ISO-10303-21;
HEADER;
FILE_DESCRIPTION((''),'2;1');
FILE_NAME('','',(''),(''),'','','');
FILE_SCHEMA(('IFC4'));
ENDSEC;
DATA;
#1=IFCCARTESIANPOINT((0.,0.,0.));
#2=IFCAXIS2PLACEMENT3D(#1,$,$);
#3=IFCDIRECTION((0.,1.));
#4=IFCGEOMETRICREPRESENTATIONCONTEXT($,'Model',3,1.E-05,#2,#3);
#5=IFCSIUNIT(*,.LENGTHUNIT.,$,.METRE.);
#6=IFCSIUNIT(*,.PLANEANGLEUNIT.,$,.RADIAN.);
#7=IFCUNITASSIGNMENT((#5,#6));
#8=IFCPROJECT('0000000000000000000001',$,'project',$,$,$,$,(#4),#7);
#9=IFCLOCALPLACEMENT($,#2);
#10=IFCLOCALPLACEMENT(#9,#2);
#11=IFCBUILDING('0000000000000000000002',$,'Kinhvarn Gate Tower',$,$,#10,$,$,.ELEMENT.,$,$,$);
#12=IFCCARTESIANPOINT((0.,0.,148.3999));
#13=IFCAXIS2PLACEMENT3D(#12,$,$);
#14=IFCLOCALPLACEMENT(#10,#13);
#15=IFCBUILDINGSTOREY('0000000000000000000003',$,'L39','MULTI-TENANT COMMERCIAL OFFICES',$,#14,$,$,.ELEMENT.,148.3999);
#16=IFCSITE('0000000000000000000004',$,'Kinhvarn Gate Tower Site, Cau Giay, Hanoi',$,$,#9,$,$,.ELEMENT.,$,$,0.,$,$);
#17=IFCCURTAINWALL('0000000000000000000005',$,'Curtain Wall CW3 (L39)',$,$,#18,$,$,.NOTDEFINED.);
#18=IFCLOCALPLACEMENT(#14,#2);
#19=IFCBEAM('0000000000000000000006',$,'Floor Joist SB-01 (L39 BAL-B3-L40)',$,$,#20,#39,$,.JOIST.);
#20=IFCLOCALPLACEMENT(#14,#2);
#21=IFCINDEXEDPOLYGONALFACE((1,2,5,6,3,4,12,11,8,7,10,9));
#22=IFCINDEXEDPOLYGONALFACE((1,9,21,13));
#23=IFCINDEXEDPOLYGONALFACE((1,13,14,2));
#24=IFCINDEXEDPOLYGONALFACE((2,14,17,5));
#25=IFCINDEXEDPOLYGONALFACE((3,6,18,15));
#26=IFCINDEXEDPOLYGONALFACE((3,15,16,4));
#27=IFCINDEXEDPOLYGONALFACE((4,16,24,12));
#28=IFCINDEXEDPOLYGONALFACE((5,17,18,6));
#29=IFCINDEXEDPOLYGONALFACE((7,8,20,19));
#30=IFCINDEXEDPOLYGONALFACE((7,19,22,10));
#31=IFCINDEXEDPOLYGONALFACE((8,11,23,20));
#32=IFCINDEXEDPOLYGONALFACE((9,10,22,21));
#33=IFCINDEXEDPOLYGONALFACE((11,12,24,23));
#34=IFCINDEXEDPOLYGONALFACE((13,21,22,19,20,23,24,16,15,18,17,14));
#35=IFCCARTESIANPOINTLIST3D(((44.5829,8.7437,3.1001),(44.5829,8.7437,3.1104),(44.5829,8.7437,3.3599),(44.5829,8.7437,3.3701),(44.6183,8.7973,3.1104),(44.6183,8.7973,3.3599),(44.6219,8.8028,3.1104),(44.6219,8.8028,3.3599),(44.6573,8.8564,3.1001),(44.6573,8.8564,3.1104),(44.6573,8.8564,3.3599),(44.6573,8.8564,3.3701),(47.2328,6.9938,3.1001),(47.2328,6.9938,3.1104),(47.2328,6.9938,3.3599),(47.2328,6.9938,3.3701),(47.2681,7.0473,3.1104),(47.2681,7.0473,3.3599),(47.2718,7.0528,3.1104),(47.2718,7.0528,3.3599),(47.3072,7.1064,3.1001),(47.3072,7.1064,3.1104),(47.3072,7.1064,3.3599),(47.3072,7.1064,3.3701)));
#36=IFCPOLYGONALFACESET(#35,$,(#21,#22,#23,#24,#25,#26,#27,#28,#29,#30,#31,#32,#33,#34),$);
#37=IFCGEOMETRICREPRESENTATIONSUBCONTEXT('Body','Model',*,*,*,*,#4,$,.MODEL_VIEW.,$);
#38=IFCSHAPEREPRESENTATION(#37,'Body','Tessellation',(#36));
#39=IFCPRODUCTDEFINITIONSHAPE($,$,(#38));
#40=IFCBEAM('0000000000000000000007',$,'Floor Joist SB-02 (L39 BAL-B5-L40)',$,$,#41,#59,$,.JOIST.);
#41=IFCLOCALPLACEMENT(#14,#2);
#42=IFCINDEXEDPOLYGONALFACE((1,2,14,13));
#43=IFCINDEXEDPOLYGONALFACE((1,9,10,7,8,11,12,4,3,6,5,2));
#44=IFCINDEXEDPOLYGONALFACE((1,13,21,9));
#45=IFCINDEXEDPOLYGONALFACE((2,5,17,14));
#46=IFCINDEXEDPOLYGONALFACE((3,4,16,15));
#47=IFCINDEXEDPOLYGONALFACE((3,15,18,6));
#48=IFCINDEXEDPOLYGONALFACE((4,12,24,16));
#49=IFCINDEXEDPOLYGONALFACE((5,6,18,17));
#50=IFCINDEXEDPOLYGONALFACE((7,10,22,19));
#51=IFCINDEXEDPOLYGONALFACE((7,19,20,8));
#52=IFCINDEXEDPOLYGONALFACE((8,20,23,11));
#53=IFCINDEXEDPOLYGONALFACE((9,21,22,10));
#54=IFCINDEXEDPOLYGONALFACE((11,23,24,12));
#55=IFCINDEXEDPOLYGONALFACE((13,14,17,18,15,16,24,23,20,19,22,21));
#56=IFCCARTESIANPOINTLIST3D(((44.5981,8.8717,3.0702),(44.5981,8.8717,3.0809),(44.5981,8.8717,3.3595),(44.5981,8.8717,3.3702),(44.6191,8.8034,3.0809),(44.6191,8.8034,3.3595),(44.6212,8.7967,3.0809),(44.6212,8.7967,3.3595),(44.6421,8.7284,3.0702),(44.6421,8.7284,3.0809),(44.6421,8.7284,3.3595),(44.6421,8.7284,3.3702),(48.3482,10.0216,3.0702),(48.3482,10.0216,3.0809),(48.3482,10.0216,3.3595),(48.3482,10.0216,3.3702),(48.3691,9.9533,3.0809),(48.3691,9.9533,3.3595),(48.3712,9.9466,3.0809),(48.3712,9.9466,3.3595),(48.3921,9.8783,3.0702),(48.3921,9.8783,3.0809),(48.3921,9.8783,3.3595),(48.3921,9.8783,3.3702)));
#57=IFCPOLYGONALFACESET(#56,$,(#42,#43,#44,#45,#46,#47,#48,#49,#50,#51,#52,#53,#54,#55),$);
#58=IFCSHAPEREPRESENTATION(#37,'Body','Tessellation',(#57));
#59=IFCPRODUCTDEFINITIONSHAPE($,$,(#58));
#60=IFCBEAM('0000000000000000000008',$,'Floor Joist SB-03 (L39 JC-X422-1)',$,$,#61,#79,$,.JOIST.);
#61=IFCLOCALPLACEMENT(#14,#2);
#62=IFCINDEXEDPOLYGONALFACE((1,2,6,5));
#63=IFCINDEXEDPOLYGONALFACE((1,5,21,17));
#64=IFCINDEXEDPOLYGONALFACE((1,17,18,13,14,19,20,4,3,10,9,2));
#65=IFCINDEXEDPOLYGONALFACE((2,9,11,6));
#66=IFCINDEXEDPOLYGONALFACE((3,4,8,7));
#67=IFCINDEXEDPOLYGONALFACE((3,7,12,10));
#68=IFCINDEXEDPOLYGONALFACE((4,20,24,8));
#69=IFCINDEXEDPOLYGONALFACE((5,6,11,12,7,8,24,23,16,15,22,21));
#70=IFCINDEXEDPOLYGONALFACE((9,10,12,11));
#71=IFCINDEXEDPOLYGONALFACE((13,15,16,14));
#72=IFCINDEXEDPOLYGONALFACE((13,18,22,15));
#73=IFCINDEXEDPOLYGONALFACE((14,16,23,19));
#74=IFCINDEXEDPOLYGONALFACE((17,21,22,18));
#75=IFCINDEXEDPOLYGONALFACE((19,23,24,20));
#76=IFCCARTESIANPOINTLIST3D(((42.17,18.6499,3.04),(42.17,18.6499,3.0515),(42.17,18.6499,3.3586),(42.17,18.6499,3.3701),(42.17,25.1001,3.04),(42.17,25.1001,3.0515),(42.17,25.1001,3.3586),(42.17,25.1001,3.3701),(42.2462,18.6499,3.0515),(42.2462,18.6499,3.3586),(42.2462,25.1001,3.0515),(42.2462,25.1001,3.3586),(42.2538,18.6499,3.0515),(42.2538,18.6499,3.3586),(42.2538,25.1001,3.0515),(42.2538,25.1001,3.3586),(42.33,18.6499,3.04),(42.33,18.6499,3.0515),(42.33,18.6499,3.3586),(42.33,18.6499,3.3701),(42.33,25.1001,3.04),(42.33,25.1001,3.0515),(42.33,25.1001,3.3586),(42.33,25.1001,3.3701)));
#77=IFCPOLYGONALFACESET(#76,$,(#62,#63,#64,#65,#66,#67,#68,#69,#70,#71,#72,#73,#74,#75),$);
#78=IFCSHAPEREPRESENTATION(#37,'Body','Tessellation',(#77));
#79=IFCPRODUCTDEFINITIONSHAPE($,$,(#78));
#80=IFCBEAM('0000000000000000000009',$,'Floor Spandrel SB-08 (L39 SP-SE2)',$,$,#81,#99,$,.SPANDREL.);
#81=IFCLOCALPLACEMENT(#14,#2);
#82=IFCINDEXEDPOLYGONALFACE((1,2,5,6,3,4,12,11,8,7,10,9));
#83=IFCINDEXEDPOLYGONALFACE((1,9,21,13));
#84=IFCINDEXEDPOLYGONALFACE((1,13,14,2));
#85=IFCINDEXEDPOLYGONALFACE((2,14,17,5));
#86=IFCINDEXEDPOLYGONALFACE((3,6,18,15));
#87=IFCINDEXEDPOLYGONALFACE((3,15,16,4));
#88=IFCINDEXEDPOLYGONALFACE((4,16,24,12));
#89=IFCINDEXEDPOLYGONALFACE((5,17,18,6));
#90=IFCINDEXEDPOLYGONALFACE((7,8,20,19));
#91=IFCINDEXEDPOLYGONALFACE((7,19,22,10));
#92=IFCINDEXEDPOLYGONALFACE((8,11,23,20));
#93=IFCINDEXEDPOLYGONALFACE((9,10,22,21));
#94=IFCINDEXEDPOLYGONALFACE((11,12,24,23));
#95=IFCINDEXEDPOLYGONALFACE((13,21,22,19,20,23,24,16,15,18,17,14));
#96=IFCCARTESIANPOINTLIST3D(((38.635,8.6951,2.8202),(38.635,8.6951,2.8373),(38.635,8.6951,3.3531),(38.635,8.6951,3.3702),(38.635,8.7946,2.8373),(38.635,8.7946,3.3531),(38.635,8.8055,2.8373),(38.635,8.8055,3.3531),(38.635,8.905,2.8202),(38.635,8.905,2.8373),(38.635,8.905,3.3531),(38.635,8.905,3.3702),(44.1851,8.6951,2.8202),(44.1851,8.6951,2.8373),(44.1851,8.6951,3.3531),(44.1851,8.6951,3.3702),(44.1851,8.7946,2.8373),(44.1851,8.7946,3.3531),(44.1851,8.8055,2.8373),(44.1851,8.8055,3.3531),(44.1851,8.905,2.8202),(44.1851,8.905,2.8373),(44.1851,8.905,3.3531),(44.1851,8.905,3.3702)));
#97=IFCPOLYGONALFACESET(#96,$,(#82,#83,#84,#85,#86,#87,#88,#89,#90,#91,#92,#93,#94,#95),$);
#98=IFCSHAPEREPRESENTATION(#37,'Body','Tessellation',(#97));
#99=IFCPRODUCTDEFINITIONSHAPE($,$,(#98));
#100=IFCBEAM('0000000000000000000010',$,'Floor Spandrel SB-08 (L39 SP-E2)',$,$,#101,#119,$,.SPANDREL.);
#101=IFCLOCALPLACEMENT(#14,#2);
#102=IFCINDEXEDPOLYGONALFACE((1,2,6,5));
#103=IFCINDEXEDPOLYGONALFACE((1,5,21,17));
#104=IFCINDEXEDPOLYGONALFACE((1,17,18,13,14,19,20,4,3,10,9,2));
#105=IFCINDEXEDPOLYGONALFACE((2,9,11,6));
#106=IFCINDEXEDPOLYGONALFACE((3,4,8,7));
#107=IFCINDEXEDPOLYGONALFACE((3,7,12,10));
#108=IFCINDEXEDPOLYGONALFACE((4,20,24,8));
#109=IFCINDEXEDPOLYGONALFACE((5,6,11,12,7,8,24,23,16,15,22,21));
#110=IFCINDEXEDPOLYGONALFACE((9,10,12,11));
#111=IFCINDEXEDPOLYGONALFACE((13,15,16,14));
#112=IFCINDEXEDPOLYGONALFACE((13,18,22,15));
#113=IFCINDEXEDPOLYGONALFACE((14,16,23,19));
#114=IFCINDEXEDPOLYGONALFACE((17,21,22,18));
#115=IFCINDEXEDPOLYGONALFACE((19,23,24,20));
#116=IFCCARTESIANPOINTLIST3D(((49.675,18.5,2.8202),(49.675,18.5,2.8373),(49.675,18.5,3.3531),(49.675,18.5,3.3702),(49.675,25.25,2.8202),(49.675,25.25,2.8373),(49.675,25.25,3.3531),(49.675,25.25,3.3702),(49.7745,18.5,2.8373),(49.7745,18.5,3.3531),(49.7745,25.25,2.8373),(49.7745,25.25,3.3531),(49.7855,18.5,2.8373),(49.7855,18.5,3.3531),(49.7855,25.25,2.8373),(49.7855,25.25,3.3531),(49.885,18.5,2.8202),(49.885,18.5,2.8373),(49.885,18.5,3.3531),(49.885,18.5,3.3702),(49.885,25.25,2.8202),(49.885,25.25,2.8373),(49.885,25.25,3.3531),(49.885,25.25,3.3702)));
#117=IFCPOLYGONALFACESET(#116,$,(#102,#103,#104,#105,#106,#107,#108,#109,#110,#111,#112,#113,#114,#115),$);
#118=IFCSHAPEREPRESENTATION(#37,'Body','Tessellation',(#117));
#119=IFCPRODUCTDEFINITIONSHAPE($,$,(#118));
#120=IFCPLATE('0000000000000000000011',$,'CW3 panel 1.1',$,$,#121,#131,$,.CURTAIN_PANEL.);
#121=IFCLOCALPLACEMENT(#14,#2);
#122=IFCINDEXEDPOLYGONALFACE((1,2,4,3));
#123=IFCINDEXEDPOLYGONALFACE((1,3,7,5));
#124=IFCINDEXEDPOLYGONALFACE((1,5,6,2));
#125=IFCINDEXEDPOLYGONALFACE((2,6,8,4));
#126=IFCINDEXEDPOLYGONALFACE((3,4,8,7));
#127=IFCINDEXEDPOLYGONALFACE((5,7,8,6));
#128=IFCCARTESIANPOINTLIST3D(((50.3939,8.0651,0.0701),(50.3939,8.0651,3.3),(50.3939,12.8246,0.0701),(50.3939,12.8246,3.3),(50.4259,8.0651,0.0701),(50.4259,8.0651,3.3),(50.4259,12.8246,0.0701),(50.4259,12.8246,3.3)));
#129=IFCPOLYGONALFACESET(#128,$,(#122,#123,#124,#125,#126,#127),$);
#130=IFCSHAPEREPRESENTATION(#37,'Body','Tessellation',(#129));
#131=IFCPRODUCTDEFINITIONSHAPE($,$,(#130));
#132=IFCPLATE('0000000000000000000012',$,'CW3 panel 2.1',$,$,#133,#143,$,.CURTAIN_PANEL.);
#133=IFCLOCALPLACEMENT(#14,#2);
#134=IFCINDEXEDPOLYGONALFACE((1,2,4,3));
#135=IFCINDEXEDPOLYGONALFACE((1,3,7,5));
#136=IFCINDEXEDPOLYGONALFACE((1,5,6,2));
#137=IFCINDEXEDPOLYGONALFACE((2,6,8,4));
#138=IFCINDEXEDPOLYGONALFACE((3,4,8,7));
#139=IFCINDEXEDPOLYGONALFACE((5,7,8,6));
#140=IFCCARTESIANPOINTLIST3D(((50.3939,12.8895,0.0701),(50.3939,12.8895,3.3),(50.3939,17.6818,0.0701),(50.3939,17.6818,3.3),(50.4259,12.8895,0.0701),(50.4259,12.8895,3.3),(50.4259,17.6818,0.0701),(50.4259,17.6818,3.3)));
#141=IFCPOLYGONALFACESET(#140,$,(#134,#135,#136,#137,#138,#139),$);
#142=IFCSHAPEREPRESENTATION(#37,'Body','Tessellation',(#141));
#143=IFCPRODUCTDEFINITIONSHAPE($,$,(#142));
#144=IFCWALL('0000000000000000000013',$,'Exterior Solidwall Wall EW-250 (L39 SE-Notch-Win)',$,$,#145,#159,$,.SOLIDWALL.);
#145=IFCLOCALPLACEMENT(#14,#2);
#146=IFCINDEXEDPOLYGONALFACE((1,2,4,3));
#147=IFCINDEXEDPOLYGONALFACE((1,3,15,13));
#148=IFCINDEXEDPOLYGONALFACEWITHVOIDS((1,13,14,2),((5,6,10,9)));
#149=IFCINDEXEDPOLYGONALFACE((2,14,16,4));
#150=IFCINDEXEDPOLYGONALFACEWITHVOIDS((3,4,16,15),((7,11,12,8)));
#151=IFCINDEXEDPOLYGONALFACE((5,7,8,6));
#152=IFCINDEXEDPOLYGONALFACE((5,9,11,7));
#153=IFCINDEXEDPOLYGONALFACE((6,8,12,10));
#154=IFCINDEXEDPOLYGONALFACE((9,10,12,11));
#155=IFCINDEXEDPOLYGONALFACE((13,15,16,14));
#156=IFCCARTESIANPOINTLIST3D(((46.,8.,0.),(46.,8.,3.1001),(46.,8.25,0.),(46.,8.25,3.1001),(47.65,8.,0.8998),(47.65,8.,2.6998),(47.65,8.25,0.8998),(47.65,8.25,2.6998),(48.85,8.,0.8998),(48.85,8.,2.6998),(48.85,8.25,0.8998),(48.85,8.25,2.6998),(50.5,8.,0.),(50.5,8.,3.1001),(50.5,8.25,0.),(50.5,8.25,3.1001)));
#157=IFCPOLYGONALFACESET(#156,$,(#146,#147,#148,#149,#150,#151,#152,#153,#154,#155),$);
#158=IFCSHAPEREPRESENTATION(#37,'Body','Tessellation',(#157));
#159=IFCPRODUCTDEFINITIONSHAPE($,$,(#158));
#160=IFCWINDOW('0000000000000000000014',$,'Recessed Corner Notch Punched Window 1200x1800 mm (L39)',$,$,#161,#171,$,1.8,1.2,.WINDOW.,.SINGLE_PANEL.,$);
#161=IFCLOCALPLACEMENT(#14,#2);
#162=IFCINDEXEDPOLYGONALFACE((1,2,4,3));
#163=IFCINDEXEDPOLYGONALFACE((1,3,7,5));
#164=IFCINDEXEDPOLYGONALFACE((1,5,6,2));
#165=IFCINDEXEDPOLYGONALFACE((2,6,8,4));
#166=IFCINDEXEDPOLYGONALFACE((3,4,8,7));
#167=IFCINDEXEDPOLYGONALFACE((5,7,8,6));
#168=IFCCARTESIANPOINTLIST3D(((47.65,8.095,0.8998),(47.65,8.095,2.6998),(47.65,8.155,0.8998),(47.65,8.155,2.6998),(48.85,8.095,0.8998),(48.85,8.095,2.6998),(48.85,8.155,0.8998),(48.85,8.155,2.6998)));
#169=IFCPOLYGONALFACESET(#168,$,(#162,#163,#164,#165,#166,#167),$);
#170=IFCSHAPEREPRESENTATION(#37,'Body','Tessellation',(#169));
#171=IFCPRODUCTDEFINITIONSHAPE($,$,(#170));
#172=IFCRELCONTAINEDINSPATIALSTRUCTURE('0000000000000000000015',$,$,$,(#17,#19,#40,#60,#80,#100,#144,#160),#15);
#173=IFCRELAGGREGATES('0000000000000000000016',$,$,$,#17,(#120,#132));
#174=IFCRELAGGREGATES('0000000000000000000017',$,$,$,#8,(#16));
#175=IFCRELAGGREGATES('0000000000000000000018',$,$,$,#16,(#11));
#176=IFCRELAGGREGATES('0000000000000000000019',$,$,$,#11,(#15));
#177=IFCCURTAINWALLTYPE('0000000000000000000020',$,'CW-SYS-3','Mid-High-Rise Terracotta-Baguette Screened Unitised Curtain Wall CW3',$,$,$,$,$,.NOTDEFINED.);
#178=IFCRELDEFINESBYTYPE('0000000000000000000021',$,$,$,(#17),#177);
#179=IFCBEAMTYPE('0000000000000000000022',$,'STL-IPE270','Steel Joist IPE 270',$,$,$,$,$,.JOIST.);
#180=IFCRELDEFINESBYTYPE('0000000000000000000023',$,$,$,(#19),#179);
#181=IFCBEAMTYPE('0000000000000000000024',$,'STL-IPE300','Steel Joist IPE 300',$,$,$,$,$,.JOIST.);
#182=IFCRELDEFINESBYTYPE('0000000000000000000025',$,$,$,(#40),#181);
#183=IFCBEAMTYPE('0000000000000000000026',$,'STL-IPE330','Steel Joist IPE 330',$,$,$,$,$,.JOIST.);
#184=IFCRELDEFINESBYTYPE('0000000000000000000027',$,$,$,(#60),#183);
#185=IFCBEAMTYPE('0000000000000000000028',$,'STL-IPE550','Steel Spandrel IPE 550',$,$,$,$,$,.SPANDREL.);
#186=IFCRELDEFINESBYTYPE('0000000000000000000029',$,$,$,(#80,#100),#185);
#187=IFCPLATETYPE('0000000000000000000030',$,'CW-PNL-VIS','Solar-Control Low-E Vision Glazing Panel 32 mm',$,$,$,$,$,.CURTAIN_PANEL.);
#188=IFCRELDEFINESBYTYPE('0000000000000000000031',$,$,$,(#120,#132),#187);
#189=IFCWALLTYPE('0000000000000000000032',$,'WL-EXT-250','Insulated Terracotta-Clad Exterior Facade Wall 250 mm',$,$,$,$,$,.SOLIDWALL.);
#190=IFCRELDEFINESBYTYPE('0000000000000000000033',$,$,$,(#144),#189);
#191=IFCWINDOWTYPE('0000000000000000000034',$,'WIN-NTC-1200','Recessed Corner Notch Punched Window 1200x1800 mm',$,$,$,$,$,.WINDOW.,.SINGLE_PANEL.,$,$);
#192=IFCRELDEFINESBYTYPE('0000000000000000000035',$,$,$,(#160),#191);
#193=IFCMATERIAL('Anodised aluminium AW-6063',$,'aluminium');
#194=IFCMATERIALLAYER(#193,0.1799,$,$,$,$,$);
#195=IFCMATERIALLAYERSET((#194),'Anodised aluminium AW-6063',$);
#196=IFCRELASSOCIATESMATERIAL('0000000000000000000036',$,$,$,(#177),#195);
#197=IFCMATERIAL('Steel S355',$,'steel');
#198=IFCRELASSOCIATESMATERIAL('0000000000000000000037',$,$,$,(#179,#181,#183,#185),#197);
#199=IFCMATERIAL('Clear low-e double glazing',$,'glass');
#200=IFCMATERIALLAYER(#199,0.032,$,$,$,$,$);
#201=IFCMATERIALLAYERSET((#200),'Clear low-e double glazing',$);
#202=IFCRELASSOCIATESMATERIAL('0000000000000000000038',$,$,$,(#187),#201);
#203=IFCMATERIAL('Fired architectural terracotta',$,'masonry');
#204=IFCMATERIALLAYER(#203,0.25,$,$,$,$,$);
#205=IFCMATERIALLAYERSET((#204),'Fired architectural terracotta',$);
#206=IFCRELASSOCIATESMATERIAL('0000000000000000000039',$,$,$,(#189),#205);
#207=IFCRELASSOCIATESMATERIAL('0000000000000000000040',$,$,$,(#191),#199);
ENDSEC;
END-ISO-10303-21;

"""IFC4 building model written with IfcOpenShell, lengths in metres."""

from ifc_helpers import new_model, si_unit, direction, frame, frame_2d, origin, origin_2d, place, context, subcontext, project, spatial, rectangle, i_section, extrude, material, layer, layer_set, material_profile, profile_set, type_object, element, fill, aggregate, save


model = new_model("IFC4")

# Units and contexts
model_context = context("Model", 3, precision=1e-05, world=origin(), true_north=direction((0.0, 1.0)))
body_context = subcontext(model_context, "Body", "Model", "MODEL_VIEW")
ifc_project = project(units=[si_unit("LENGTHUNIT", "METRE"), si_unit("PLANEANGLEUNIT", "RADIAN")], contexts=[model_context])

# Site, building, storey
site_placement = place(None, origin())
site = spatial("IfcSite", under=ifc_project, at=site_placement, Name="Kinhvarn Gate Tower Site, Cau Giay, Hanoi", CompositionType="ELEMENT", RefElevation=0.0)
building_placement = place(site_placement, origin())
building = spatial("IfcBuilding", under=site, at=building_placement, Name="Kinhvarn Gate Tower", CompositionType="ELEMENT")
storey_placement = place(building_placement, frame((0.0, 0.0, 148.3999)))
storey = spatial("IfcBuildingStorey", under=building, at=storey_placement, Name="L39", Description="MULTI-TENANT COMMERCIAL OFFICES", CompositionType="ELEMENT", Elevation=148.3999)

# Curtain wall
ifc_material_1 = material(Name="Anodised aluminium AW-6063", Category="aluminium")
ifc_layer_1 = layer(ifc_material_1, 0.1799)
ifc_layer_set_1 = layer_set([ifc_layer_1], Name="Anodised aluminium AW-6063")
curtain_wall_type = type_object("IfcCurtainWallType", Name="CW-SYS-3", Description="Mid-High-Rise Terracotta-Baguette Screened Unitised Curtain Wall CW3", PredefinedType="NOTDEFINED", material=ifc_layer_set_1)
curtain_wall_placement = place(storey_placement, origin())
curtain_wall = element("IfcCurtainWall", 1, at=curtain_wall_placement, inside=storey, type_object=curtain_wall_type, Name="Curtain Wall CW3 (L39)", PredefinedType="NOTDEFINED")

# Beams
ifc_material_2 = material(Name="Steel S355", Category="steel")
ifc_material_profile_1 = material_profile(ifc_material_2, i_section(OverallWidth=0.135, OverallDepth=0.27, WebThickness=0.0066, FlangeThickness=0.0103, at=origin_2d()), Name="IPE 270")
ifc_profile_set_1 = profile_set([ifc_material_profile_1], Name="Steel S355")
beam_type_1 = type_object("IfcBeamType", Name="STL-IPE270", Description="Steel Joist IPE 270", PredefinedType="JOIST", material=ifc_profile_set_1)
beam_1_placement = place(storey_placement, frame((44.6201, 8.8, 3.2351), z_axis=(0.834455, -0.551076, 0.0), x_axis=(0.551076, 0.834455, 0.0)))
element("IfcBeam", 2, at=beam_1_placement, inside=storey, type_object=beam_type_1, Name="Floor Joist SB-01 (L39 BAL-B3-L40)", PredefinedType="JOIST", context=body_context, shape_type="SweptSolid", body=[
    extrude(i_section(OverallWidth=0.135, OverallDepth=0.27, WebThickness=0.0066, FlangeThickness=0.0103, at=origin_2d()), origin(), (0.0, 0.0, 1.0), 3.1755),
])
ifc_material_profile_2 = material_profile(ifc_material_2, i_section(OverallWidth=0.1499, OverallDepth=0.3, WebThickness=0.0071, FlangeThickness=0.0107, at=origin_2d()), Name="IPE 300")
ifc_profile_set_2 = profile_set([ifc_material_profile_2], Name="Steel S355")
beam_type_2 = type_object("IfcBeamType", Name="STL-IPE300", Description="Steel Joist IPE 300", PredefinedType="JOIST", material=ifc_profile_set_2)
beam_2_placement = place(storey_placement, frame((44.6201, 8.8, 3.2202), z_axis=(0.956061, 0.293167, 0.0), x_axis=(-0.293167, 0.956061, 0.0)))
element("IfcBeam", 3, at=beam_2_placement, inside=storey, type_object=beam_type_2, Name="Floor Joist SB-02 (L39 BAL-B5-L40)", PredefinedType="JOIST", context=body_context, shape_type="SweptSolid", body=[
    extrude(i_section(OverallWidth=0.1499, OverallDepth=0.3, WebThickness=0.0071, FlangeThickness=0.0107, at=origin_2d()), origin(), (0.0, 0.0, 1.0), 3.9224),
])
ifc_material_profile_3 = material_profile(ifc_material_2, i_section(OverallWidth=0.1599, OverallDepth=0.3301, WebThickness=0.0076, FlangeThickness=0.0115, at=origin_2d()), Name="IPE 330")
ifc_profile_set_3 = profile_set([ifc_material_profile_3], Name="Steel S355")
beam_type_3 = type_object("IfcBeamType", Name="STL-IPE330", Description="Steel Joist IPE 330", PredefinedType="JOIST", material=ifc_profile_set_3)
beam_3_placement = place(storey_placement, frame((42.25, 18.6499, 3.2051), z_axis=(0.0, 1.0, 0.0), x_axis=(-1.0, 0.0, 0.0)))
element("IfcBeam", 4, at=beam_3_placement, inside=storey, type_object=beam_type_3, Name="Floor Joist SB-03 (L39 JC-X422-1)", PredefinedType="JOIST", context=body_context, shape_type="SweptSolid", body=[
    extrude(i_section(OverallWidth=0.1599, OverallDepth=0.3301, WebThickness=0.0076, FlangeThickness=0.0115, at=origin_2d()), origin(), (0.0, 0.0, 1.0), 6.4502),
])
ifc_material_profile_4 = material_profile(ifc_material_2, i_section(OverallWidth=0.21, OverallDepth=0.55, WebThickness=0.011, FlangeThickness=0.0171, at=origin_2d()), Name="IPE 550")
ifc_profile_set_4 = profile_set([ifc_material_profile_4], Name="Steel S355")
beam_type_4 = type_object("IfcBeamType", Name="STL-IPE550", Description="Steel Spandrel IPE 550", PredefinedType="SPANDREL", material=ifc_profile_set_4)
beam_4_placement = place(storey_placement, frame((38.635, 8.8, 3.0952), z_axis=(1.0, 0.0, 0.0), x_axis=(0.0, 1.0, 0.0)))
element("IfcBeam", 5, at=beam_4_placement, inside=storey, type_object=beam_type_4, Name="Floor Spandrel SB-08 (L39 SP-SE2)", PredefinedType="SPANDREL", context=body_context, shape_type="SweptSolid", body=[
    extrude(i_section(OverallWidth=0.21, OverallDepth=0.55, WebThickness=0.011, FlangeThickness=0.0171, at=origin_2d()), origin(), (0.0, 0.0, 1.0), 5.55),
])
beam_5_placement = place(storey_placement, frame((49.78, 18.5, 3.0952), z_axis=(0.0, 1.0, 0.0), x_axis=(-1.0, 0.0, 0.0)))
element("IfcBeam", 6, at=beam_5_placement, inside=storey, type_object=beam_type_4, Name="Floor Spandrel SB-08 (L39 SP-E2)", PredefinedType="SPANDREL", context=body_context, shape_type="SweptSolid", body=[
    extrude(i_section(OverallWidth=0.21, OverallDepth=0.55, WebThickness=0.011, FlangeThickness=0.0171, at=origin_2d()), origin(), (0.0, 0.0, 1.0), 6.75),
])

# Plates
ifc_material_3 = material(Name="Clear low-e double glazing", Category="glass")
ifc_layer_2 = layer(ifc_material_3, 0.032)
ifc_layer_set_2 = layer_set([ifc_layer_2], Name="Clear low-e double glazing")
plate_type = type_object("IfcPlateType", Name="CW-PNL-VIS", Description="Solar-Control Low-E Vision Glazing Panel 32 mm", PredefinedType="CURTAIN_PANEL", material=ifc_layer_set_2)
plate_1_placement = place(storey_placement, frame((50.4099, 10.4448, 0.0701), z_axis=(0.0, 0.0, 1.0), x_axis=(0.0, 1.0, 0.0)))
plate_1 = element("IfcPlate", 7, at=plate_1_placement, type_object=plate_type, Name="CW3 panel 1.1", PredefinedType="CURTAIN_PANEL", context=body_context, shape_type="SweptSolid", body=[
    extrude(rectangle(XDim=4.7595, YDim=0.032, at=origin_2d()), origin(), (0.0, 0.0, 1.0), 3.23),
])
plate_2_placement = place(storey_placement, frame((50.4099, 15.2856, 0.0701), z_axis=(0.0, 0.0, 1.0), x_axis=(0.0, 1.0, 0.0)))
plate_2 = element("IfcPlate", 8, at=plate_2_placement, type_object=plate_type, Name="CW3 panel 2.1", PredefinedType="CURTAIN_PANEL", context=body_context, shape_type="SweptSolid", body=[
    extrude(rectangle(XDim=4.7922, YDim=0.032, at=origin_2d()), origin(), (0.0, 0.0, 1.0), 3.23),
])
aggregate(curtain_wall, [plate_1, plate_2])

# Wall, opening, window
ifc_material_4 = material(Name="Fired architectural terracotta", Category="masonry")
ifc_layer_3 = layer(ifc_material_4, 0.25)
ifc_layer_set_3 = layer_set([ifc_layer_3], Name="Fired architectural terracotta")
wall_type = type_object("IfcWallType", Name="WL-EXT-250", Description="Insulated Terracotta-Clad Exterior Facade Wall 250 mm", PredefinedType="SOLIDWALL", material=ifc_layer_set_3)
wall_placement = place(storey_placement, frame((46.0, 8.125, 0.0), z_axis=(0.0, 0.0, 1.0), x_axis=(1.0, 0.0, 0.0)))
wall = element("IfcWall", 9, at=wall_placement, inside=storey, type_object=wall_type, Name="Exterior Solidwall Wall EW-250 (L39 SE-Notch-Win)", PredefinedType="SOLIDWALL", context=body_context, shape_type="SweptSolid", body=[
    extrude(rectangle(XDim=4.5, YDim=0.25, at=frame_2d((2.25, 0.0))), origin(), (0.0, 0.0, 1.0), 3.1001),
])
opening_placement = place(wall_placement, frame((1.6499, 0.0, 0.8999)))
opening = element("IfcOpeningElement", 10, at=opening_placement, cuts=wall, PredefinedType="OPENING", context=body_context, shape_type="SweptSolid", body=[
    extrude(rectangle(XDim=1.2, YDim=1.8, at=frame_2d((0.6001, 0.8999))), frame((0.0, 0.135, 0.0), z_axis=(0.0, -1.0, 0.0), x_axis=(1.0, 0.0, 0.0)), (0.0, 0.0, 1.0), 0.27),
])
window_type = type_object("IfcWindowType", Name="WIN-NTC-1200", Description="Recessed Corner Notch Punched Window 1200x1800 mm", PartitioningType="SINGLE_PANEL", PredefinedType="WINDOW", material=ifc_material_3)
window_placement = place(opening_placement, origin())
window = element("IfcWindow", 11, at=window_placement, inside=storey, type_object=window_type, Name="Recessed Corner Notch Punched Window 1200x1800 mm (L39)", OverallHeight=1.8, OverallWidth=1.2, PartitioningType="SINGLE_PANEL", PredefinedType="WINDOW", context=body_context, shape_type="SweptSolid", body=[
    extrude(rectangle(XDim=1.2, YDim=1.8, at=frame_2d((0.6001, 0.8999))), frame((0.0, 0.03, 0.0), z_axis=(0.0, -1.0, 0.0), x_axis=(1.0, 0.0, 0.0)), (0.0, 0.0, 1.0), 0.0601),
])
fill(opening, window)

save(model, "model.ifc")
